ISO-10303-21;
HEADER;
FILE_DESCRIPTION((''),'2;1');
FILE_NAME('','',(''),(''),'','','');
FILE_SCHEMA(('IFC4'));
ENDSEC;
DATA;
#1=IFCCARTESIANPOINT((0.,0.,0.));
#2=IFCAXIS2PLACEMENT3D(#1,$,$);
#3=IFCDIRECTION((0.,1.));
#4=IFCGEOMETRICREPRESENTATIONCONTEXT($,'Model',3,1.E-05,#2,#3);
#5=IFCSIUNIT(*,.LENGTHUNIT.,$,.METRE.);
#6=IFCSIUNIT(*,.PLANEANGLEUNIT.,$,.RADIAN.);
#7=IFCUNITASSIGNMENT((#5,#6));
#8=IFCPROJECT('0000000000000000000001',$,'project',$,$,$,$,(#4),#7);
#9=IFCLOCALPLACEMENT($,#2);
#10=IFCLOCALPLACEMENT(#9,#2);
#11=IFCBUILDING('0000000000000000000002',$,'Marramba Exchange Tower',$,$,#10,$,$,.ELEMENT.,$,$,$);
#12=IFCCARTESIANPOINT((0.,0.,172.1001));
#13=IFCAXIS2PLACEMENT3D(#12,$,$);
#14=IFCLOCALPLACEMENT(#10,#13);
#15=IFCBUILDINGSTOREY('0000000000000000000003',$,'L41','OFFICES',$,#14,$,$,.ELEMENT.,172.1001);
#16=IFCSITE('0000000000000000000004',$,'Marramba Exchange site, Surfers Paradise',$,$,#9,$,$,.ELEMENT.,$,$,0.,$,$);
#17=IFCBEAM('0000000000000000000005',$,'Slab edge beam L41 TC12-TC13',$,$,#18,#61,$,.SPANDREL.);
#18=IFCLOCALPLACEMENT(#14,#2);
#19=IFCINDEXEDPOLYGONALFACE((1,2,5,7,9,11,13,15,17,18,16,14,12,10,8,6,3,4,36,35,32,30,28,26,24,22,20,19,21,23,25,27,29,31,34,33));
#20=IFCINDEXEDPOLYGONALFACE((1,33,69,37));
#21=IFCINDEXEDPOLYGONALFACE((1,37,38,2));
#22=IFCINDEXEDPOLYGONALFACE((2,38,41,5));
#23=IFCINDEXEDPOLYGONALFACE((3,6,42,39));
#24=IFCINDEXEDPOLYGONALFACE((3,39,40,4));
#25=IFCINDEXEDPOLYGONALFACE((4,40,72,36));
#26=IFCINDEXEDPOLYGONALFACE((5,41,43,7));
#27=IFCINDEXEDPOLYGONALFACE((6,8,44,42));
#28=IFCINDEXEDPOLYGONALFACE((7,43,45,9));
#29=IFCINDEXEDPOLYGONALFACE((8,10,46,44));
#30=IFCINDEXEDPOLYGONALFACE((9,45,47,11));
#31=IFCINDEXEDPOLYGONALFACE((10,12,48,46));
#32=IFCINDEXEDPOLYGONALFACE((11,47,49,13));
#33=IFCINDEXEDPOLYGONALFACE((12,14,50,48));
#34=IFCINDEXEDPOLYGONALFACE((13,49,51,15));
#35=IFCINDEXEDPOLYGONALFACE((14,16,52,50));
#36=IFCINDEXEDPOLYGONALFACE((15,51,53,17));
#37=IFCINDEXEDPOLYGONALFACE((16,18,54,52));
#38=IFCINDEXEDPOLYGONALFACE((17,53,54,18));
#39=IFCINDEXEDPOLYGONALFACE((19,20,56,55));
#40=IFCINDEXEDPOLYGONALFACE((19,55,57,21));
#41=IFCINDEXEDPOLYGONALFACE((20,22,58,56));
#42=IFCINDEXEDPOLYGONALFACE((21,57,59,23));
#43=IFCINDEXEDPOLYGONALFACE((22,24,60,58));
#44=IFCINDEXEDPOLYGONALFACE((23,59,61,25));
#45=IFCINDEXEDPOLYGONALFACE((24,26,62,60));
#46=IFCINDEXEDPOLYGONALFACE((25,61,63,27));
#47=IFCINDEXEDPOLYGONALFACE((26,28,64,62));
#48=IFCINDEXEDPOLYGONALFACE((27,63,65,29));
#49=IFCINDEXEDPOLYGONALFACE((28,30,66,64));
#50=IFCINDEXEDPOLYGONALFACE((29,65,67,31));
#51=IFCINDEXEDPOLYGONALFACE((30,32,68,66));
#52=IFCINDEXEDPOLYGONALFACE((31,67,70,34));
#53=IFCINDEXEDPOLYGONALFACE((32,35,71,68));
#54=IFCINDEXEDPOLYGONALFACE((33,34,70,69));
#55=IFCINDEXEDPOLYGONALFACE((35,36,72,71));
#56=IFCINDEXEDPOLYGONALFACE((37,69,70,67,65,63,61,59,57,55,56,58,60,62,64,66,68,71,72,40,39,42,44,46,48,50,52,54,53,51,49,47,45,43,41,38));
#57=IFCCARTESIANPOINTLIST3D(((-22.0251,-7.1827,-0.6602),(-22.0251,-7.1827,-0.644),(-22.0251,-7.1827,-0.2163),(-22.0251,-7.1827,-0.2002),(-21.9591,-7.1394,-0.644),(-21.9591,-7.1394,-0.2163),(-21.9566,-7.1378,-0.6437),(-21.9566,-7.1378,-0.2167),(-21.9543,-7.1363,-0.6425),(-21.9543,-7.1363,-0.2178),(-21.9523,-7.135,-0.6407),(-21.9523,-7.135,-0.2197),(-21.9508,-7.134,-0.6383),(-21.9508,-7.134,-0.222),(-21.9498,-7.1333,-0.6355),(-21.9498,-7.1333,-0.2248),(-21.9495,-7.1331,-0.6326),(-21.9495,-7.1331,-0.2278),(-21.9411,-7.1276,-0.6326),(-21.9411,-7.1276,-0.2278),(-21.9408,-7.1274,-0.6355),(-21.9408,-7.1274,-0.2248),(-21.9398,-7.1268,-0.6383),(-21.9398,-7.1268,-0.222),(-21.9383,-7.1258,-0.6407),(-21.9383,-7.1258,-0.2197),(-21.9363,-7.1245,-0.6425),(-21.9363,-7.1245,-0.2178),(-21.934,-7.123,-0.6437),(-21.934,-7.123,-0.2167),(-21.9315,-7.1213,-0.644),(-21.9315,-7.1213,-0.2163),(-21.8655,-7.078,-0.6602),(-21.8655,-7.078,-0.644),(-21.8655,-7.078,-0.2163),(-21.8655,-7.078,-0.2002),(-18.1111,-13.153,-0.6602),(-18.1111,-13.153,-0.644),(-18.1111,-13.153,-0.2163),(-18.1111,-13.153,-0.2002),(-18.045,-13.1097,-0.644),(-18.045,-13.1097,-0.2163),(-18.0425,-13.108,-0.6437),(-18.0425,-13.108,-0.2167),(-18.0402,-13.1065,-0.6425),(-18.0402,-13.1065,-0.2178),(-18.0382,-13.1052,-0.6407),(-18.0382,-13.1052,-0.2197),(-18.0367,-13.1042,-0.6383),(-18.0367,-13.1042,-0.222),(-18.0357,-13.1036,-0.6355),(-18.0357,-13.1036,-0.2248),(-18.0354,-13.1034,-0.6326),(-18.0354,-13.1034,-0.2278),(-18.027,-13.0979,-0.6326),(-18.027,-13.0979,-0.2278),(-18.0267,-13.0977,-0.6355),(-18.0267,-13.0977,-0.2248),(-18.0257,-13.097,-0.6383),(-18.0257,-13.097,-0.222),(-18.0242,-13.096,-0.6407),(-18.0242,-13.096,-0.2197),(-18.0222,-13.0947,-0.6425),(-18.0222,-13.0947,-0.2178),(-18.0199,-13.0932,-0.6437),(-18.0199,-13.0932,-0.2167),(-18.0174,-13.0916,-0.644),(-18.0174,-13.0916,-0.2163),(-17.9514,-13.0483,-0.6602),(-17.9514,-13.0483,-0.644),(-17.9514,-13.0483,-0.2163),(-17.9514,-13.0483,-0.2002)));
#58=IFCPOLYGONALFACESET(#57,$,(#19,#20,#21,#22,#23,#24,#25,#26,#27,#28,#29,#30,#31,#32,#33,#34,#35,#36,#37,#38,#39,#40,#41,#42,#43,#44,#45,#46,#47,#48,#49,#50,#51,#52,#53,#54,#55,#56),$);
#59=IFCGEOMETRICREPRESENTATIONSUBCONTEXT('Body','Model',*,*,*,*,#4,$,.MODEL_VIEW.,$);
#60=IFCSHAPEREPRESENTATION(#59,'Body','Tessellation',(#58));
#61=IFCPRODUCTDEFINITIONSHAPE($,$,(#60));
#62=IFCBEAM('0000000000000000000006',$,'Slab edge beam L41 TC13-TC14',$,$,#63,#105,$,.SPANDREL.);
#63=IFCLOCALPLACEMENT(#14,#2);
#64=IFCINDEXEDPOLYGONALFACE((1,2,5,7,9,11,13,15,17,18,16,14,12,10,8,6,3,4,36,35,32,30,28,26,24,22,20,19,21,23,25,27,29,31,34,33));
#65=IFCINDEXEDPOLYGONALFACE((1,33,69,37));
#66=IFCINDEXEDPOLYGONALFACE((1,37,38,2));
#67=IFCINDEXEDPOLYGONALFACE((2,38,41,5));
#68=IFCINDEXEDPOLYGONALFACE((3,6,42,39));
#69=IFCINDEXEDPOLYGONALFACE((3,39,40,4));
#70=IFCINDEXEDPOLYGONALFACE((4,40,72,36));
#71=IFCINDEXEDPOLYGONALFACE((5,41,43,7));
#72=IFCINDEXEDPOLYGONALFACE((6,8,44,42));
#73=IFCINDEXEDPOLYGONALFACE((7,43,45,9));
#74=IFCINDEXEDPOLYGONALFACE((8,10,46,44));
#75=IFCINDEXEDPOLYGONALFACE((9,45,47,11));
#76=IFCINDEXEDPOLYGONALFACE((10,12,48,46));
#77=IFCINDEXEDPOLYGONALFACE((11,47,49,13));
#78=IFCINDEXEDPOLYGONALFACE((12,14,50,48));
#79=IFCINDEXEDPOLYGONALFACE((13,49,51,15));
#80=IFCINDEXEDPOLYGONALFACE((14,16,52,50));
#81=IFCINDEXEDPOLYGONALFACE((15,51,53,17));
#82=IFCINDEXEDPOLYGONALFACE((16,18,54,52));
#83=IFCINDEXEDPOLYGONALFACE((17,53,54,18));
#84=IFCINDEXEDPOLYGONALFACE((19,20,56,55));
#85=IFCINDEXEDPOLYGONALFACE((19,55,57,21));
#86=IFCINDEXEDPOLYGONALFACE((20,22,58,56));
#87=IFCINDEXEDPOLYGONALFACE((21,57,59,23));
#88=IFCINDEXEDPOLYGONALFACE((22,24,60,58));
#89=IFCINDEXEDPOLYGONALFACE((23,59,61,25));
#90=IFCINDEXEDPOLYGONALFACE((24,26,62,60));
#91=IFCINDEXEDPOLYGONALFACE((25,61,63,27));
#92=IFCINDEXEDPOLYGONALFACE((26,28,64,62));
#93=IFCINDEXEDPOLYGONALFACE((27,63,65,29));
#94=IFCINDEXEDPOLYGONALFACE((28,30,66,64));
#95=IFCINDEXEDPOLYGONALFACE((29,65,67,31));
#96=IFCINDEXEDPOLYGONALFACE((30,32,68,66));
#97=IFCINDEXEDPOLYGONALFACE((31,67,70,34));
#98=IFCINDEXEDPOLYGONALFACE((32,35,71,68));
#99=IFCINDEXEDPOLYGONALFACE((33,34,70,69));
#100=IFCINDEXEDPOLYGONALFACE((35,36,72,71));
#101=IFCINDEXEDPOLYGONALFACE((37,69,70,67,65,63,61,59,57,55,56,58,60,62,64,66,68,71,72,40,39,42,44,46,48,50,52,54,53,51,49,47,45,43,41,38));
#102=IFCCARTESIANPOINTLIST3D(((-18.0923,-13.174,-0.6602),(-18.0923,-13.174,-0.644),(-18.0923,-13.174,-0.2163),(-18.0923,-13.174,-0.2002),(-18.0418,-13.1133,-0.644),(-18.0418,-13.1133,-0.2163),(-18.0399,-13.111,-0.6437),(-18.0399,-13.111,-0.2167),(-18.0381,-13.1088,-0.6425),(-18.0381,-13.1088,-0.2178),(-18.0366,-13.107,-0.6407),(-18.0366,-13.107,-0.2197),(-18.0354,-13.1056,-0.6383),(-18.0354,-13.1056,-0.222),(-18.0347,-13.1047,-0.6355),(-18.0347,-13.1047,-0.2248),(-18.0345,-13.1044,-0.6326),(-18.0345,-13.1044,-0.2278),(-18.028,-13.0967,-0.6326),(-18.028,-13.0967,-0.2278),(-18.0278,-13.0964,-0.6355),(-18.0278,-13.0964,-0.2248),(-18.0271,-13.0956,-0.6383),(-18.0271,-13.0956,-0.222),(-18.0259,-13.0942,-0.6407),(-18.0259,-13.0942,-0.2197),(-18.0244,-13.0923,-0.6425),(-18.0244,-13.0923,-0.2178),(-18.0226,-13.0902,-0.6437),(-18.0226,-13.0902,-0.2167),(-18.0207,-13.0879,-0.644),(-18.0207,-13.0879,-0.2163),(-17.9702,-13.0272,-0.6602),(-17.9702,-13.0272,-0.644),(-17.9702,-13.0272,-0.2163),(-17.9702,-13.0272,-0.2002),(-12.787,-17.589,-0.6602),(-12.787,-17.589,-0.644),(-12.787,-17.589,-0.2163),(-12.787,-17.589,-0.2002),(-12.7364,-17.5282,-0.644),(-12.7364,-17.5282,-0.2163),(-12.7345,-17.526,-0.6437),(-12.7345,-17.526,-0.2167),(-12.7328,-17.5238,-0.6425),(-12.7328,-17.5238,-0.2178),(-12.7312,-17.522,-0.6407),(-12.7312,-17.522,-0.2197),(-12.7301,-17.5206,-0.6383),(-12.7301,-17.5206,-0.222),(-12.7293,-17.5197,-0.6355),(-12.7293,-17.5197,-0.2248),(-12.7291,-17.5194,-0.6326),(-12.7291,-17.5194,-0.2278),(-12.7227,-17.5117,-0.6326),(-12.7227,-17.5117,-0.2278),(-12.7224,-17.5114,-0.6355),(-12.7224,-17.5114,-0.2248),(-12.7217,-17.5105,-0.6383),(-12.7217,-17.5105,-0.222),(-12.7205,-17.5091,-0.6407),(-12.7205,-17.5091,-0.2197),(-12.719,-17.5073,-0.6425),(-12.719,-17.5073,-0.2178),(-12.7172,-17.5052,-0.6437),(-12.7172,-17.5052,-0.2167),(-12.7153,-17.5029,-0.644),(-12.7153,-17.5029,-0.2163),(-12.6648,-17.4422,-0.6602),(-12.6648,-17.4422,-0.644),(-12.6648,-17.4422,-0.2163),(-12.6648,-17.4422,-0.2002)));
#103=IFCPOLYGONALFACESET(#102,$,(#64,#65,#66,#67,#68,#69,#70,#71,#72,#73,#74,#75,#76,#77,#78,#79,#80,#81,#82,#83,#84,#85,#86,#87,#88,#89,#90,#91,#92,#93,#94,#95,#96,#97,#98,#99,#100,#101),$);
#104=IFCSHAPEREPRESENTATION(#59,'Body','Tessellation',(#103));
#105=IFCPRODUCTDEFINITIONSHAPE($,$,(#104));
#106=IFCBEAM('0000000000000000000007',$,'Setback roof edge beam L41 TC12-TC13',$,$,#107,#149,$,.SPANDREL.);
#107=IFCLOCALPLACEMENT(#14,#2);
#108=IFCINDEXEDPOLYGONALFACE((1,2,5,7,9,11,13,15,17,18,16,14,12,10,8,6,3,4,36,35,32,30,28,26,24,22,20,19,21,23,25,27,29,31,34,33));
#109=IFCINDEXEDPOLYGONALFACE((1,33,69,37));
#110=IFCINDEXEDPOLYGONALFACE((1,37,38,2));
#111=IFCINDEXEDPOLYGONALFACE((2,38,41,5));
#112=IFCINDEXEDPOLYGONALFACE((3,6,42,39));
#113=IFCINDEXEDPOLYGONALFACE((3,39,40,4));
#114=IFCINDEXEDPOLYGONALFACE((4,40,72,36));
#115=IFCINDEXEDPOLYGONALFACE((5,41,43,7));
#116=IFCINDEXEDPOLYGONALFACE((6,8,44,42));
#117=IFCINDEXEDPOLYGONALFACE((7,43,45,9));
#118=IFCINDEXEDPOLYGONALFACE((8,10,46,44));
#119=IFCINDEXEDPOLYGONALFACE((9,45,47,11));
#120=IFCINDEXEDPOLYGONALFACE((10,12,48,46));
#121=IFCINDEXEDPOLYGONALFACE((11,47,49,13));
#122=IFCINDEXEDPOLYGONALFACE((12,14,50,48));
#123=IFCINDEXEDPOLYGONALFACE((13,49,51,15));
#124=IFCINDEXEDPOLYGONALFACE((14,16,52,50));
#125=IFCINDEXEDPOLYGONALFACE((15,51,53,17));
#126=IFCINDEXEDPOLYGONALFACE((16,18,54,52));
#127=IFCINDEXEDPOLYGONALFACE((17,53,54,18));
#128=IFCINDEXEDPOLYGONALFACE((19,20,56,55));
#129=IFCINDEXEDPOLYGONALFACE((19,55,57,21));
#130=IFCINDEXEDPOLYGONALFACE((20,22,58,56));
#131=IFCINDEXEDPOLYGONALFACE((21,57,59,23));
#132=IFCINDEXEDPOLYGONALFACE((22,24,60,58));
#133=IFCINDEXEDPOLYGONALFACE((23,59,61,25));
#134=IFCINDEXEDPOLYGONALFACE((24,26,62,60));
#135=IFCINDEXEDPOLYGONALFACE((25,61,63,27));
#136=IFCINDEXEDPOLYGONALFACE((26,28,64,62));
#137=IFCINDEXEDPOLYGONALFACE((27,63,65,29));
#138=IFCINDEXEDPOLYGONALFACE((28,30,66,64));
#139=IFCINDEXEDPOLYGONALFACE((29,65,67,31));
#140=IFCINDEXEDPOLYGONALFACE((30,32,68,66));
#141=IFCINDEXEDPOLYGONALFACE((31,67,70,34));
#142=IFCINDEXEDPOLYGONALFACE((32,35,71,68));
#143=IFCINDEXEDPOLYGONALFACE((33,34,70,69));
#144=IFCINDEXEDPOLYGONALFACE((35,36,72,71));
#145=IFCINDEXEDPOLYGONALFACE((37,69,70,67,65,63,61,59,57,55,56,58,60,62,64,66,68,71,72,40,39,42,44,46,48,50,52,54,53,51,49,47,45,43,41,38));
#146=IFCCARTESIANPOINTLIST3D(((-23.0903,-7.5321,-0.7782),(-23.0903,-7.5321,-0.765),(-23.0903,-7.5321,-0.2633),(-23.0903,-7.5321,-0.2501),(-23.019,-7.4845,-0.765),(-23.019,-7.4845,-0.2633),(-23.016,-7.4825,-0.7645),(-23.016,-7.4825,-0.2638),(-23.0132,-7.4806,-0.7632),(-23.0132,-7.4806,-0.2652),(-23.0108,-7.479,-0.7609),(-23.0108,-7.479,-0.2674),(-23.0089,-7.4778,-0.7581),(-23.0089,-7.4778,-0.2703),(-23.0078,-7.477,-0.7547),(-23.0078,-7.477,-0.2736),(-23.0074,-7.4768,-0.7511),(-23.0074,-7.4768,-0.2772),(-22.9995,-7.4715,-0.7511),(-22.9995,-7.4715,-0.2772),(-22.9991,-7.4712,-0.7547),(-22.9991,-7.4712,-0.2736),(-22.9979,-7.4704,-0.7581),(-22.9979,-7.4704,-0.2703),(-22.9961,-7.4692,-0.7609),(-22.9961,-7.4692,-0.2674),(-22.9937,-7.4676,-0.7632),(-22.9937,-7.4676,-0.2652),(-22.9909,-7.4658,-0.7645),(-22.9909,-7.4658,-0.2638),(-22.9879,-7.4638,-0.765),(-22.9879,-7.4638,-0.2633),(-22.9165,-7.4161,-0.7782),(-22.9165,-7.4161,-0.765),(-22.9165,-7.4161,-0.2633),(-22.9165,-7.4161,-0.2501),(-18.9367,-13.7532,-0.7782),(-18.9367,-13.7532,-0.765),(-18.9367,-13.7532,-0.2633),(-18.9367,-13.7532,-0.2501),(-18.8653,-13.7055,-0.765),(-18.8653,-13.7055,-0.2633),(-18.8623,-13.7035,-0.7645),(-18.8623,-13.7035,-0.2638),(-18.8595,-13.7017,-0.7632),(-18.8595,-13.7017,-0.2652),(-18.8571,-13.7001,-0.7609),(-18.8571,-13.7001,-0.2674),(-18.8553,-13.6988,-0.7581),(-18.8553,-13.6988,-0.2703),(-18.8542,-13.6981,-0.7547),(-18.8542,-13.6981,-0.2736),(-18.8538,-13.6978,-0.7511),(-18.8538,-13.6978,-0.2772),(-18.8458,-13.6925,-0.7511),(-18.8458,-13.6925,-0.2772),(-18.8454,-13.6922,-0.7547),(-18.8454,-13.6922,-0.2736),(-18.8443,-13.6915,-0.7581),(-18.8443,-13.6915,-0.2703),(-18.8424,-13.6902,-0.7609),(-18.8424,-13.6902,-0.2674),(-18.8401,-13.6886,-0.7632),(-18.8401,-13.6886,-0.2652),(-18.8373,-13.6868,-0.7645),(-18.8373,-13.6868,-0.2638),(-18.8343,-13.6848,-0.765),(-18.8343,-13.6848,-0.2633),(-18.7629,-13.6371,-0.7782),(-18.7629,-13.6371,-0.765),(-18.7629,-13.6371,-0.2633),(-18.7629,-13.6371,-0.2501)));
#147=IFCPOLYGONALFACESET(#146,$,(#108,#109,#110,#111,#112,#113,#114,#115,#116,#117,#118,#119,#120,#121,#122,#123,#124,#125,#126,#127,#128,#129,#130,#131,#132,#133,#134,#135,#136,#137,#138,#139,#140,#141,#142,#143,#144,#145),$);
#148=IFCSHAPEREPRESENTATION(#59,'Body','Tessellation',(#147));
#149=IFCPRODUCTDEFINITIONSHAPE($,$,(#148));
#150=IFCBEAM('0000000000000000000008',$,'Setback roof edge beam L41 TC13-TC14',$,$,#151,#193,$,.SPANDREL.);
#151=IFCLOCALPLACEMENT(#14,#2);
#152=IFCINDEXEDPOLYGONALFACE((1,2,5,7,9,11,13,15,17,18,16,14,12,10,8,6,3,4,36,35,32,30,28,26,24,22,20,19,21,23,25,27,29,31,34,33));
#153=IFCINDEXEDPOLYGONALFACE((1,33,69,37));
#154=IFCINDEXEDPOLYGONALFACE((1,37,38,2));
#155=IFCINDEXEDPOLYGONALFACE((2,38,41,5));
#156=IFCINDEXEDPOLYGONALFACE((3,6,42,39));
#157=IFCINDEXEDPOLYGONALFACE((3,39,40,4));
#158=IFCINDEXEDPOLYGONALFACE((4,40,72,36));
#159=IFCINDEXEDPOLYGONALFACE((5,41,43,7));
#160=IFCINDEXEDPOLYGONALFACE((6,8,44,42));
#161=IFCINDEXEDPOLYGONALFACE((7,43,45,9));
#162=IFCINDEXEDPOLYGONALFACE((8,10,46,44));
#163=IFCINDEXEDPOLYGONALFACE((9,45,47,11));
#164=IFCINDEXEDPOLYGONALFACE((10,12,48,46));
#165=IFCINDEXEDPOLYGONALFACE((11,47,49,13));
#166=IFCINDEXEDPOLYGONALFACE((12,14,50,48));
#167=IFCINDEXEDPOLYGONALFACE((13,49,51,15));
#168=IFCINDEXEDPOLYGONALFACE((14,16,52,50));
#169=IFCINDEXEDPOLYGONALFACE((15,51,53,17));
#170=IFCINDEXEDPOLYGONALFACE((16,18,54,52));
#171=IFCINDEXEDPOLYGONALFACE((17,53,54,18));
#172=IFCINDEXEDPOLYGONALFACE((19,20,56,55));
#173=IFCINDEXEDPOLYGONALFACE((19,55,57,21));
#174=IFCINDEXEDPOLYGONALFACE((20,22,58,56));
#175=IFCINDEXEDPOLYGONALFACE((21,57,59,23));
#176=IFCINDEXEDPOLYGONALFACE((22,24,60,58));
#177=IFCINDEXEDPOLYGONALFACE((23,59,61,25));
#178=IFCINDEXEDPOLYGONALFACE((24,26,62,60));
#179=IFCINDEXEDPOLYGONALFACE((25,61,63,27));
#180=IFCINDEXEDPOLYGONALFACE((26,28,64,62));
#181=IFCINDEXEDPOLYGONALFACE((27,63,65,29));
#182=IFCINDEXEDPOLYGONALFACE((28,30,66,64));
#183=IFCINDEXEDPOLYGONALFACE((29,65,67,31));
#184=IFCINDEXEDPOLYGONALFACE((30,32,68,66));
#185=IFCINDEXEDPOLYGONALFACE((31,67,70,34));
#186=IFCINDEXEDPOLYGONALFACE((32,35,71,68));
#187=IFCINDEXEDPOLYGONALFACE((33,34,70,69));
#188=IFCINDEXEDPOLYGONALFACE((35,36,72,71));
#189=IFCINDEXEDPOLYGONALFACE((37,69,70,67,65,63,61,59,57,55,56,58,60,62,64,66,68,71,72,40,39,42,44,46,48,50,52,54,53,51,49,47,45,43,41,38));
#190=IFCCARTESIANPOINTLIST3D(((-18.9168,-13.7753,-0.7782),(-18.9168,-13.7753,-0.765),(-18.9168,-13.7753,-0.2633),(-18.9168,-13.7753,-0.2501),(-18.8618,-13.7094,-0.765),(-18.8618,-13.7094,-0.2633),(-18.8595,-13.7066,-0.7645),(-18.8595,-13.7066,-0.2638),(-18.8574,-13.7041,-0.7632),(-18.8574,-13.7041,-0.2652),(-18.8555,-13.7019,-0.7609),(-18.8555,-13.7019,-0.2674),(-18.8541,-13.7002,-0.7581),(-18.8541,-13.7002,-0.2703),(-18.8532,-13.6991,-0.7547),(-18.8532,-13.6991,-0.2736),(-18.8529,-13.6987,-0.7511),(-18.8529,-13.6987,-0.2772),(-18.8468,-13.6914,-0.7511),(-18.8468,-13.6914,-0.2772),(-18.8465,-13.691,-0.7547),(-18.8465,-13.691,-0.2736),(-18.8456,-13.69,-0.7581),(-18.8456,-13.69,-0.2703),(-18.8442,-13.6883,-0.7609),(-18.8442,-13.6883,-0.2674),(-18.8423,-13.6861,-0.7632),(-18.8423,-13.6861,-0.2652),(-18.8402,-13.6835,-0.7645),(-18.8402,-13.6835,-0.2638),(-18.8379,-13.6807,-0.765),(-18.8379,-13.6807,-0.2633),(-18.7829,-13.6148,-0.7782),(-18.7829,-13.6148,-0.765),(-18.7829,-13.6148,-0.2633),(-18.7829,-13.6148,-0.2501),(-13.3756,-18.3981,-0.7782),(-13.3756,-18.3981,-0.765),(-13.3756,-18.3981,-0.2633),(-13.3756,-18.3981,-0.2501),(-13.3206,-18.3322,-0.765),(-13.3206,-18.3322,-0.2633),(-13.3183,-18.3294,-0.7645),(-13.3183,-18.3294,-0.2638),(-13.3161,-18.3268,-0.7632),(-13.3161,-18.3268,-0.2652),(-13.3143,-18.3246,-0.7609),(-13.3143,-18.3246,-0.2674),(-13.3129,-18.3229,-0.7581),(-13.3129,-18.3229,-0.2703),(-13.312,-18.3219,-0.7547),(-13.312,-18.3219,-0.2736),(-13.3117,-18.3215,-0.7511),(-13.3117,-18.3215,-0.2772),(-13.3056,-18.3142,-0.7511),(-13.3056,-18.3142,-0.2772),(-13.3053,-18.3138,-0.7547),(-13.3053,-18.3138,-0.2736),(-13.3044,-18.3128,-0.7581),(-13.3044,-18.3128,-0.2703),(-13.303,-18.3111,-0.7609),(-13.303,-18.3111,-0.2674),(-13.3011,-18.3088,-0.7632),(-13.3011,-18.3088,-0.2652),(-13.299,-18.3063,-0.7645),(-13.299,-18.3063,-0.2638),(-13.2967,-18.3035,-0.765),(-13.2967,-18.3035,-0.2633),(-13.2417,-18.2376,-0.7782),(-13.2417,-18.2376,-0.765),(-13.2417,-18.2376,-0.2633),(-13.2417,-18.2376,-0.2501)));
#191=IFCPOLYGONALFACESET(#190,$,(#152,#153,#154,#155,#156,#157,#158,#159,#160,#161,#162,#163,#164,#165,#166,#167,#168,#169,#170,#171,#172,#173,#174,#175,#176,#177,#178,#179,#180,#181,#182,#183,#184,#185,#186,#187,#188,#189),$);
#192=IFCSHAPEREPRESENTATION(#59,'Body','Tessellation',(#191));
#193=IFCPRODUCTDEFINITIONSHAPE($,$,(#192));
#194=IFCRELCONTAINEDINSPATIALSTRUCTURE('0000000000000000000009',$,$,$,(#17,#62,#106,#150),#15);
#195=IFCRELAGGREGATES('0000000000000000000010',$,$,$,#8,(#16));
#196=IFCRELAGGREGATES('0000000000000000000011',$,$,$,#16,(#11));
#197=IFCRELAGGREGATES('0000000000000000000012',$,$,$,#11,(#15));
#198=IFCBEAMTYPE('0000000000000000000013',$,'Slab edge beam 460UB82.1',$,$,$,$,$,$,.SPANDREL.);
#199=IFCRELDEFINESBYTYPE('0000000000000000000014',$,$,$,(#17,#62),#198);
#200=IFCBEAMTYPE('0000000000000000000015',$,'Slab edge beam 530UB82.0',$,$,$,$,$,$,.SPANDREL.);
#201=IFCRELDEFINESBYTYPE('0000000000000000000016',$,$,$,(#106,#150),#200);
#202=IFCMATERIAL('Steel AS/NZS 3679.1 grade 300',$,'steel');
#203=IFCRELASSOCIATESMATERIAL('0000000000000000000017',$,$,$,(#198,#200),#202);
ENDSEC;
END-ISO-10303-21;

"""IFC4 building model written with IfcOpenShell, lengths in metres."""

from ifc_helpers import new_model, si_unit, direction, frame, origin, origin_2d, place, context, subcontext, project, spatial, i_section, extrude, material, material_profile, profile_set, type_object, element, save


model = new_model("IFC4")

# Units and contexts
model_context = context("Model", 3, precision=1e-05, world=origin(), true_north=direction((0.0, 1.0)))
body_context = subcontext(model_context, "Body", "Model", "MODEL_VIEW")
ifc_project = project(units=[si_unit("LENGTHUNIT", "METRE"), si_unit("PLANEANGLEUNIT", "RADIAN")], contexts=[model_context])

# Site, building, storey
site_placement = place(None, origin())
site = spatial("IfcSite", under=ifc_project, at=site_placement, Name="Marramba Exchange site, Surfers Paradise", CompositionType="ELEMENT", RefElevation=0.0)
building_placement = place(site_placement, origin())
building = spatial("IfcBuilding", under=site, at=building_placement, Name="Marramba Exchange Tower", CompositionType="ELEMENT")
storey_placement = place(building_placement, frame((0.0, 0.0, 172.1001)))
storey = spatial("IfcBuildingStorey", under=building, at=storey_placement, Name="L41", Description="OFFICES", CompositionType="ELEMENT", Elevation=172.1001)

# Beams
ifc_material_1 = material(Name="Steel AS/NZS 3679.1 grade 300", Category="steel")
ifc_material_profile_1 = material_profile(ifc_material_1, i_section(OverallWidth=0.1909, OverallDepth=0.46, WebThickness=0.01, FlangeThickness=0.0161, FilletRadius=0.0115, at=origin_2d()), Name="460UB82.1")
ifc_profile_set_1 = profile_set([ifc_material_profile_1], Name="Steel AS/NZS 3679.1 grade 300")
beam_type_1 = type_object("IfcBeamType", Name="Slab edge beam 460UB82.1", PredefinedType="SPANDREL", material=ifc_profile_set_1)
beam_1_placement = place(storey_placement, frame((-21.9453, -7.1304, -0.4302), z_axis=(0.548275, -0.836298, 0.0), x_axis=(0.836298, 0.548275, 0.0)))
element("IfcBeam", 1, at=beam_1_placement, inside=storey, type_object=beam_type_1, Name="Slab edge beam L41 TC12-TC13", PredefinedType="SPANDREL", context=body_context, shape_type="SweptSolid", body=[
    extrude(i_section(OverallWidth=0.1909, OverallDepth=0.46, WebThickness=0.01, FlangeThickness=0.0161, FilletRadius=0.0115, at=origin_2d()), origin(), (0.0, 0.0, 1.0), 7.1389),
])
beam_2_placement = place(storey_placement, frame((-18.0312, -13.1006, -0.4302), z_axis=(0.768659, -0.639659, 0.0), x_axis=(0.639659, 0.768659, 0.0)))
element("IfcBeam", 2, at=beam_2_placement, inside=storey, type_object=beam_type_1, Name="Slab edge beam L41 TC13-TC14", PredefinedType="SPANDREL", context=body_context, shape_type="SweptSolid", body=[
    extrude(i_section(OverallWidth=0.1909, OverallDepth=0.46, WebThickness=0.01, FlangeThickness=0.0161, FilletRadius=0.0115, at=origin_2d()), origin(), (0.0, 0.0, 1.0), 6.9021),
])
ifc_material_profile_2 = material_profile(ifc_material_1, i_section(OverallWidth=0.209, OverallDepth=0.5281, WebThickness=0.0095, FlangeThickness=0.0132, FilletRadius=0.0139, at=origin_2d()), Name="530UB82.0")
ifc_profile_set_2 = profile_set([ifc_material_profile_2], Name="Steel AS/NZS 3679.1 grade 300")
beam_type_2 = type_object("IfcBeamType", Name="Slab edge beam 530UB82.0", PredefinedType="SPANDREL", material=ifc_profile_set_2)
beam_3_placement = place(storey_placement, frame((-23.0034, -7.4741, -0.5142), z_axis=(0.55528, -0.831663, 0.0), x_axis=(0.831663, 0.55528, 0.0)))
element("IfcBeam", 3, at=beam_3_placement, inside=storey, type_object=beam_type_2, Name="Setback roof edge beam L41 TC12-TC13", PredefinedType="SPANDREL", context=body_context, shape_type="SweptSolid", body=[
    extrude(i_section(OverallWidth=0.209, OverallDepth=0.5281, WebThickness=0.0095, FlangeThickness=0.0132, FilletRadius=0.0139, at=origin_2d()), origin(), (0.0, 0.0, 1.0), 7.4802),
])
beam_4_placement = place(storey_placement, frame((-18.8499, -13.6951, -0.5142), z_axis=(0.767875, -0.6406, 0.0), x_axis=(0.6406, 0.767875, 0.0)))
element("IfcBeam", 4, at=beam_4_placement, inside=storey, type_object=beam_type_2, Name="Setback roof edge beam L41 TC13-TC14", PredefinedType="SPANDREL", context=body_context, shape_type="SweptSolid", body=[
    extrude(i_section(OverallWidth=0.209, OverallDepth=0.5281, WebThickness=0.0095, FlangeThickness=0.0132, FilletRadius=0.0139, at=origin_2d()), origin(), (0.0, 0.0, 1.0), 7.2163),
])

save(model, "model.ifc")
